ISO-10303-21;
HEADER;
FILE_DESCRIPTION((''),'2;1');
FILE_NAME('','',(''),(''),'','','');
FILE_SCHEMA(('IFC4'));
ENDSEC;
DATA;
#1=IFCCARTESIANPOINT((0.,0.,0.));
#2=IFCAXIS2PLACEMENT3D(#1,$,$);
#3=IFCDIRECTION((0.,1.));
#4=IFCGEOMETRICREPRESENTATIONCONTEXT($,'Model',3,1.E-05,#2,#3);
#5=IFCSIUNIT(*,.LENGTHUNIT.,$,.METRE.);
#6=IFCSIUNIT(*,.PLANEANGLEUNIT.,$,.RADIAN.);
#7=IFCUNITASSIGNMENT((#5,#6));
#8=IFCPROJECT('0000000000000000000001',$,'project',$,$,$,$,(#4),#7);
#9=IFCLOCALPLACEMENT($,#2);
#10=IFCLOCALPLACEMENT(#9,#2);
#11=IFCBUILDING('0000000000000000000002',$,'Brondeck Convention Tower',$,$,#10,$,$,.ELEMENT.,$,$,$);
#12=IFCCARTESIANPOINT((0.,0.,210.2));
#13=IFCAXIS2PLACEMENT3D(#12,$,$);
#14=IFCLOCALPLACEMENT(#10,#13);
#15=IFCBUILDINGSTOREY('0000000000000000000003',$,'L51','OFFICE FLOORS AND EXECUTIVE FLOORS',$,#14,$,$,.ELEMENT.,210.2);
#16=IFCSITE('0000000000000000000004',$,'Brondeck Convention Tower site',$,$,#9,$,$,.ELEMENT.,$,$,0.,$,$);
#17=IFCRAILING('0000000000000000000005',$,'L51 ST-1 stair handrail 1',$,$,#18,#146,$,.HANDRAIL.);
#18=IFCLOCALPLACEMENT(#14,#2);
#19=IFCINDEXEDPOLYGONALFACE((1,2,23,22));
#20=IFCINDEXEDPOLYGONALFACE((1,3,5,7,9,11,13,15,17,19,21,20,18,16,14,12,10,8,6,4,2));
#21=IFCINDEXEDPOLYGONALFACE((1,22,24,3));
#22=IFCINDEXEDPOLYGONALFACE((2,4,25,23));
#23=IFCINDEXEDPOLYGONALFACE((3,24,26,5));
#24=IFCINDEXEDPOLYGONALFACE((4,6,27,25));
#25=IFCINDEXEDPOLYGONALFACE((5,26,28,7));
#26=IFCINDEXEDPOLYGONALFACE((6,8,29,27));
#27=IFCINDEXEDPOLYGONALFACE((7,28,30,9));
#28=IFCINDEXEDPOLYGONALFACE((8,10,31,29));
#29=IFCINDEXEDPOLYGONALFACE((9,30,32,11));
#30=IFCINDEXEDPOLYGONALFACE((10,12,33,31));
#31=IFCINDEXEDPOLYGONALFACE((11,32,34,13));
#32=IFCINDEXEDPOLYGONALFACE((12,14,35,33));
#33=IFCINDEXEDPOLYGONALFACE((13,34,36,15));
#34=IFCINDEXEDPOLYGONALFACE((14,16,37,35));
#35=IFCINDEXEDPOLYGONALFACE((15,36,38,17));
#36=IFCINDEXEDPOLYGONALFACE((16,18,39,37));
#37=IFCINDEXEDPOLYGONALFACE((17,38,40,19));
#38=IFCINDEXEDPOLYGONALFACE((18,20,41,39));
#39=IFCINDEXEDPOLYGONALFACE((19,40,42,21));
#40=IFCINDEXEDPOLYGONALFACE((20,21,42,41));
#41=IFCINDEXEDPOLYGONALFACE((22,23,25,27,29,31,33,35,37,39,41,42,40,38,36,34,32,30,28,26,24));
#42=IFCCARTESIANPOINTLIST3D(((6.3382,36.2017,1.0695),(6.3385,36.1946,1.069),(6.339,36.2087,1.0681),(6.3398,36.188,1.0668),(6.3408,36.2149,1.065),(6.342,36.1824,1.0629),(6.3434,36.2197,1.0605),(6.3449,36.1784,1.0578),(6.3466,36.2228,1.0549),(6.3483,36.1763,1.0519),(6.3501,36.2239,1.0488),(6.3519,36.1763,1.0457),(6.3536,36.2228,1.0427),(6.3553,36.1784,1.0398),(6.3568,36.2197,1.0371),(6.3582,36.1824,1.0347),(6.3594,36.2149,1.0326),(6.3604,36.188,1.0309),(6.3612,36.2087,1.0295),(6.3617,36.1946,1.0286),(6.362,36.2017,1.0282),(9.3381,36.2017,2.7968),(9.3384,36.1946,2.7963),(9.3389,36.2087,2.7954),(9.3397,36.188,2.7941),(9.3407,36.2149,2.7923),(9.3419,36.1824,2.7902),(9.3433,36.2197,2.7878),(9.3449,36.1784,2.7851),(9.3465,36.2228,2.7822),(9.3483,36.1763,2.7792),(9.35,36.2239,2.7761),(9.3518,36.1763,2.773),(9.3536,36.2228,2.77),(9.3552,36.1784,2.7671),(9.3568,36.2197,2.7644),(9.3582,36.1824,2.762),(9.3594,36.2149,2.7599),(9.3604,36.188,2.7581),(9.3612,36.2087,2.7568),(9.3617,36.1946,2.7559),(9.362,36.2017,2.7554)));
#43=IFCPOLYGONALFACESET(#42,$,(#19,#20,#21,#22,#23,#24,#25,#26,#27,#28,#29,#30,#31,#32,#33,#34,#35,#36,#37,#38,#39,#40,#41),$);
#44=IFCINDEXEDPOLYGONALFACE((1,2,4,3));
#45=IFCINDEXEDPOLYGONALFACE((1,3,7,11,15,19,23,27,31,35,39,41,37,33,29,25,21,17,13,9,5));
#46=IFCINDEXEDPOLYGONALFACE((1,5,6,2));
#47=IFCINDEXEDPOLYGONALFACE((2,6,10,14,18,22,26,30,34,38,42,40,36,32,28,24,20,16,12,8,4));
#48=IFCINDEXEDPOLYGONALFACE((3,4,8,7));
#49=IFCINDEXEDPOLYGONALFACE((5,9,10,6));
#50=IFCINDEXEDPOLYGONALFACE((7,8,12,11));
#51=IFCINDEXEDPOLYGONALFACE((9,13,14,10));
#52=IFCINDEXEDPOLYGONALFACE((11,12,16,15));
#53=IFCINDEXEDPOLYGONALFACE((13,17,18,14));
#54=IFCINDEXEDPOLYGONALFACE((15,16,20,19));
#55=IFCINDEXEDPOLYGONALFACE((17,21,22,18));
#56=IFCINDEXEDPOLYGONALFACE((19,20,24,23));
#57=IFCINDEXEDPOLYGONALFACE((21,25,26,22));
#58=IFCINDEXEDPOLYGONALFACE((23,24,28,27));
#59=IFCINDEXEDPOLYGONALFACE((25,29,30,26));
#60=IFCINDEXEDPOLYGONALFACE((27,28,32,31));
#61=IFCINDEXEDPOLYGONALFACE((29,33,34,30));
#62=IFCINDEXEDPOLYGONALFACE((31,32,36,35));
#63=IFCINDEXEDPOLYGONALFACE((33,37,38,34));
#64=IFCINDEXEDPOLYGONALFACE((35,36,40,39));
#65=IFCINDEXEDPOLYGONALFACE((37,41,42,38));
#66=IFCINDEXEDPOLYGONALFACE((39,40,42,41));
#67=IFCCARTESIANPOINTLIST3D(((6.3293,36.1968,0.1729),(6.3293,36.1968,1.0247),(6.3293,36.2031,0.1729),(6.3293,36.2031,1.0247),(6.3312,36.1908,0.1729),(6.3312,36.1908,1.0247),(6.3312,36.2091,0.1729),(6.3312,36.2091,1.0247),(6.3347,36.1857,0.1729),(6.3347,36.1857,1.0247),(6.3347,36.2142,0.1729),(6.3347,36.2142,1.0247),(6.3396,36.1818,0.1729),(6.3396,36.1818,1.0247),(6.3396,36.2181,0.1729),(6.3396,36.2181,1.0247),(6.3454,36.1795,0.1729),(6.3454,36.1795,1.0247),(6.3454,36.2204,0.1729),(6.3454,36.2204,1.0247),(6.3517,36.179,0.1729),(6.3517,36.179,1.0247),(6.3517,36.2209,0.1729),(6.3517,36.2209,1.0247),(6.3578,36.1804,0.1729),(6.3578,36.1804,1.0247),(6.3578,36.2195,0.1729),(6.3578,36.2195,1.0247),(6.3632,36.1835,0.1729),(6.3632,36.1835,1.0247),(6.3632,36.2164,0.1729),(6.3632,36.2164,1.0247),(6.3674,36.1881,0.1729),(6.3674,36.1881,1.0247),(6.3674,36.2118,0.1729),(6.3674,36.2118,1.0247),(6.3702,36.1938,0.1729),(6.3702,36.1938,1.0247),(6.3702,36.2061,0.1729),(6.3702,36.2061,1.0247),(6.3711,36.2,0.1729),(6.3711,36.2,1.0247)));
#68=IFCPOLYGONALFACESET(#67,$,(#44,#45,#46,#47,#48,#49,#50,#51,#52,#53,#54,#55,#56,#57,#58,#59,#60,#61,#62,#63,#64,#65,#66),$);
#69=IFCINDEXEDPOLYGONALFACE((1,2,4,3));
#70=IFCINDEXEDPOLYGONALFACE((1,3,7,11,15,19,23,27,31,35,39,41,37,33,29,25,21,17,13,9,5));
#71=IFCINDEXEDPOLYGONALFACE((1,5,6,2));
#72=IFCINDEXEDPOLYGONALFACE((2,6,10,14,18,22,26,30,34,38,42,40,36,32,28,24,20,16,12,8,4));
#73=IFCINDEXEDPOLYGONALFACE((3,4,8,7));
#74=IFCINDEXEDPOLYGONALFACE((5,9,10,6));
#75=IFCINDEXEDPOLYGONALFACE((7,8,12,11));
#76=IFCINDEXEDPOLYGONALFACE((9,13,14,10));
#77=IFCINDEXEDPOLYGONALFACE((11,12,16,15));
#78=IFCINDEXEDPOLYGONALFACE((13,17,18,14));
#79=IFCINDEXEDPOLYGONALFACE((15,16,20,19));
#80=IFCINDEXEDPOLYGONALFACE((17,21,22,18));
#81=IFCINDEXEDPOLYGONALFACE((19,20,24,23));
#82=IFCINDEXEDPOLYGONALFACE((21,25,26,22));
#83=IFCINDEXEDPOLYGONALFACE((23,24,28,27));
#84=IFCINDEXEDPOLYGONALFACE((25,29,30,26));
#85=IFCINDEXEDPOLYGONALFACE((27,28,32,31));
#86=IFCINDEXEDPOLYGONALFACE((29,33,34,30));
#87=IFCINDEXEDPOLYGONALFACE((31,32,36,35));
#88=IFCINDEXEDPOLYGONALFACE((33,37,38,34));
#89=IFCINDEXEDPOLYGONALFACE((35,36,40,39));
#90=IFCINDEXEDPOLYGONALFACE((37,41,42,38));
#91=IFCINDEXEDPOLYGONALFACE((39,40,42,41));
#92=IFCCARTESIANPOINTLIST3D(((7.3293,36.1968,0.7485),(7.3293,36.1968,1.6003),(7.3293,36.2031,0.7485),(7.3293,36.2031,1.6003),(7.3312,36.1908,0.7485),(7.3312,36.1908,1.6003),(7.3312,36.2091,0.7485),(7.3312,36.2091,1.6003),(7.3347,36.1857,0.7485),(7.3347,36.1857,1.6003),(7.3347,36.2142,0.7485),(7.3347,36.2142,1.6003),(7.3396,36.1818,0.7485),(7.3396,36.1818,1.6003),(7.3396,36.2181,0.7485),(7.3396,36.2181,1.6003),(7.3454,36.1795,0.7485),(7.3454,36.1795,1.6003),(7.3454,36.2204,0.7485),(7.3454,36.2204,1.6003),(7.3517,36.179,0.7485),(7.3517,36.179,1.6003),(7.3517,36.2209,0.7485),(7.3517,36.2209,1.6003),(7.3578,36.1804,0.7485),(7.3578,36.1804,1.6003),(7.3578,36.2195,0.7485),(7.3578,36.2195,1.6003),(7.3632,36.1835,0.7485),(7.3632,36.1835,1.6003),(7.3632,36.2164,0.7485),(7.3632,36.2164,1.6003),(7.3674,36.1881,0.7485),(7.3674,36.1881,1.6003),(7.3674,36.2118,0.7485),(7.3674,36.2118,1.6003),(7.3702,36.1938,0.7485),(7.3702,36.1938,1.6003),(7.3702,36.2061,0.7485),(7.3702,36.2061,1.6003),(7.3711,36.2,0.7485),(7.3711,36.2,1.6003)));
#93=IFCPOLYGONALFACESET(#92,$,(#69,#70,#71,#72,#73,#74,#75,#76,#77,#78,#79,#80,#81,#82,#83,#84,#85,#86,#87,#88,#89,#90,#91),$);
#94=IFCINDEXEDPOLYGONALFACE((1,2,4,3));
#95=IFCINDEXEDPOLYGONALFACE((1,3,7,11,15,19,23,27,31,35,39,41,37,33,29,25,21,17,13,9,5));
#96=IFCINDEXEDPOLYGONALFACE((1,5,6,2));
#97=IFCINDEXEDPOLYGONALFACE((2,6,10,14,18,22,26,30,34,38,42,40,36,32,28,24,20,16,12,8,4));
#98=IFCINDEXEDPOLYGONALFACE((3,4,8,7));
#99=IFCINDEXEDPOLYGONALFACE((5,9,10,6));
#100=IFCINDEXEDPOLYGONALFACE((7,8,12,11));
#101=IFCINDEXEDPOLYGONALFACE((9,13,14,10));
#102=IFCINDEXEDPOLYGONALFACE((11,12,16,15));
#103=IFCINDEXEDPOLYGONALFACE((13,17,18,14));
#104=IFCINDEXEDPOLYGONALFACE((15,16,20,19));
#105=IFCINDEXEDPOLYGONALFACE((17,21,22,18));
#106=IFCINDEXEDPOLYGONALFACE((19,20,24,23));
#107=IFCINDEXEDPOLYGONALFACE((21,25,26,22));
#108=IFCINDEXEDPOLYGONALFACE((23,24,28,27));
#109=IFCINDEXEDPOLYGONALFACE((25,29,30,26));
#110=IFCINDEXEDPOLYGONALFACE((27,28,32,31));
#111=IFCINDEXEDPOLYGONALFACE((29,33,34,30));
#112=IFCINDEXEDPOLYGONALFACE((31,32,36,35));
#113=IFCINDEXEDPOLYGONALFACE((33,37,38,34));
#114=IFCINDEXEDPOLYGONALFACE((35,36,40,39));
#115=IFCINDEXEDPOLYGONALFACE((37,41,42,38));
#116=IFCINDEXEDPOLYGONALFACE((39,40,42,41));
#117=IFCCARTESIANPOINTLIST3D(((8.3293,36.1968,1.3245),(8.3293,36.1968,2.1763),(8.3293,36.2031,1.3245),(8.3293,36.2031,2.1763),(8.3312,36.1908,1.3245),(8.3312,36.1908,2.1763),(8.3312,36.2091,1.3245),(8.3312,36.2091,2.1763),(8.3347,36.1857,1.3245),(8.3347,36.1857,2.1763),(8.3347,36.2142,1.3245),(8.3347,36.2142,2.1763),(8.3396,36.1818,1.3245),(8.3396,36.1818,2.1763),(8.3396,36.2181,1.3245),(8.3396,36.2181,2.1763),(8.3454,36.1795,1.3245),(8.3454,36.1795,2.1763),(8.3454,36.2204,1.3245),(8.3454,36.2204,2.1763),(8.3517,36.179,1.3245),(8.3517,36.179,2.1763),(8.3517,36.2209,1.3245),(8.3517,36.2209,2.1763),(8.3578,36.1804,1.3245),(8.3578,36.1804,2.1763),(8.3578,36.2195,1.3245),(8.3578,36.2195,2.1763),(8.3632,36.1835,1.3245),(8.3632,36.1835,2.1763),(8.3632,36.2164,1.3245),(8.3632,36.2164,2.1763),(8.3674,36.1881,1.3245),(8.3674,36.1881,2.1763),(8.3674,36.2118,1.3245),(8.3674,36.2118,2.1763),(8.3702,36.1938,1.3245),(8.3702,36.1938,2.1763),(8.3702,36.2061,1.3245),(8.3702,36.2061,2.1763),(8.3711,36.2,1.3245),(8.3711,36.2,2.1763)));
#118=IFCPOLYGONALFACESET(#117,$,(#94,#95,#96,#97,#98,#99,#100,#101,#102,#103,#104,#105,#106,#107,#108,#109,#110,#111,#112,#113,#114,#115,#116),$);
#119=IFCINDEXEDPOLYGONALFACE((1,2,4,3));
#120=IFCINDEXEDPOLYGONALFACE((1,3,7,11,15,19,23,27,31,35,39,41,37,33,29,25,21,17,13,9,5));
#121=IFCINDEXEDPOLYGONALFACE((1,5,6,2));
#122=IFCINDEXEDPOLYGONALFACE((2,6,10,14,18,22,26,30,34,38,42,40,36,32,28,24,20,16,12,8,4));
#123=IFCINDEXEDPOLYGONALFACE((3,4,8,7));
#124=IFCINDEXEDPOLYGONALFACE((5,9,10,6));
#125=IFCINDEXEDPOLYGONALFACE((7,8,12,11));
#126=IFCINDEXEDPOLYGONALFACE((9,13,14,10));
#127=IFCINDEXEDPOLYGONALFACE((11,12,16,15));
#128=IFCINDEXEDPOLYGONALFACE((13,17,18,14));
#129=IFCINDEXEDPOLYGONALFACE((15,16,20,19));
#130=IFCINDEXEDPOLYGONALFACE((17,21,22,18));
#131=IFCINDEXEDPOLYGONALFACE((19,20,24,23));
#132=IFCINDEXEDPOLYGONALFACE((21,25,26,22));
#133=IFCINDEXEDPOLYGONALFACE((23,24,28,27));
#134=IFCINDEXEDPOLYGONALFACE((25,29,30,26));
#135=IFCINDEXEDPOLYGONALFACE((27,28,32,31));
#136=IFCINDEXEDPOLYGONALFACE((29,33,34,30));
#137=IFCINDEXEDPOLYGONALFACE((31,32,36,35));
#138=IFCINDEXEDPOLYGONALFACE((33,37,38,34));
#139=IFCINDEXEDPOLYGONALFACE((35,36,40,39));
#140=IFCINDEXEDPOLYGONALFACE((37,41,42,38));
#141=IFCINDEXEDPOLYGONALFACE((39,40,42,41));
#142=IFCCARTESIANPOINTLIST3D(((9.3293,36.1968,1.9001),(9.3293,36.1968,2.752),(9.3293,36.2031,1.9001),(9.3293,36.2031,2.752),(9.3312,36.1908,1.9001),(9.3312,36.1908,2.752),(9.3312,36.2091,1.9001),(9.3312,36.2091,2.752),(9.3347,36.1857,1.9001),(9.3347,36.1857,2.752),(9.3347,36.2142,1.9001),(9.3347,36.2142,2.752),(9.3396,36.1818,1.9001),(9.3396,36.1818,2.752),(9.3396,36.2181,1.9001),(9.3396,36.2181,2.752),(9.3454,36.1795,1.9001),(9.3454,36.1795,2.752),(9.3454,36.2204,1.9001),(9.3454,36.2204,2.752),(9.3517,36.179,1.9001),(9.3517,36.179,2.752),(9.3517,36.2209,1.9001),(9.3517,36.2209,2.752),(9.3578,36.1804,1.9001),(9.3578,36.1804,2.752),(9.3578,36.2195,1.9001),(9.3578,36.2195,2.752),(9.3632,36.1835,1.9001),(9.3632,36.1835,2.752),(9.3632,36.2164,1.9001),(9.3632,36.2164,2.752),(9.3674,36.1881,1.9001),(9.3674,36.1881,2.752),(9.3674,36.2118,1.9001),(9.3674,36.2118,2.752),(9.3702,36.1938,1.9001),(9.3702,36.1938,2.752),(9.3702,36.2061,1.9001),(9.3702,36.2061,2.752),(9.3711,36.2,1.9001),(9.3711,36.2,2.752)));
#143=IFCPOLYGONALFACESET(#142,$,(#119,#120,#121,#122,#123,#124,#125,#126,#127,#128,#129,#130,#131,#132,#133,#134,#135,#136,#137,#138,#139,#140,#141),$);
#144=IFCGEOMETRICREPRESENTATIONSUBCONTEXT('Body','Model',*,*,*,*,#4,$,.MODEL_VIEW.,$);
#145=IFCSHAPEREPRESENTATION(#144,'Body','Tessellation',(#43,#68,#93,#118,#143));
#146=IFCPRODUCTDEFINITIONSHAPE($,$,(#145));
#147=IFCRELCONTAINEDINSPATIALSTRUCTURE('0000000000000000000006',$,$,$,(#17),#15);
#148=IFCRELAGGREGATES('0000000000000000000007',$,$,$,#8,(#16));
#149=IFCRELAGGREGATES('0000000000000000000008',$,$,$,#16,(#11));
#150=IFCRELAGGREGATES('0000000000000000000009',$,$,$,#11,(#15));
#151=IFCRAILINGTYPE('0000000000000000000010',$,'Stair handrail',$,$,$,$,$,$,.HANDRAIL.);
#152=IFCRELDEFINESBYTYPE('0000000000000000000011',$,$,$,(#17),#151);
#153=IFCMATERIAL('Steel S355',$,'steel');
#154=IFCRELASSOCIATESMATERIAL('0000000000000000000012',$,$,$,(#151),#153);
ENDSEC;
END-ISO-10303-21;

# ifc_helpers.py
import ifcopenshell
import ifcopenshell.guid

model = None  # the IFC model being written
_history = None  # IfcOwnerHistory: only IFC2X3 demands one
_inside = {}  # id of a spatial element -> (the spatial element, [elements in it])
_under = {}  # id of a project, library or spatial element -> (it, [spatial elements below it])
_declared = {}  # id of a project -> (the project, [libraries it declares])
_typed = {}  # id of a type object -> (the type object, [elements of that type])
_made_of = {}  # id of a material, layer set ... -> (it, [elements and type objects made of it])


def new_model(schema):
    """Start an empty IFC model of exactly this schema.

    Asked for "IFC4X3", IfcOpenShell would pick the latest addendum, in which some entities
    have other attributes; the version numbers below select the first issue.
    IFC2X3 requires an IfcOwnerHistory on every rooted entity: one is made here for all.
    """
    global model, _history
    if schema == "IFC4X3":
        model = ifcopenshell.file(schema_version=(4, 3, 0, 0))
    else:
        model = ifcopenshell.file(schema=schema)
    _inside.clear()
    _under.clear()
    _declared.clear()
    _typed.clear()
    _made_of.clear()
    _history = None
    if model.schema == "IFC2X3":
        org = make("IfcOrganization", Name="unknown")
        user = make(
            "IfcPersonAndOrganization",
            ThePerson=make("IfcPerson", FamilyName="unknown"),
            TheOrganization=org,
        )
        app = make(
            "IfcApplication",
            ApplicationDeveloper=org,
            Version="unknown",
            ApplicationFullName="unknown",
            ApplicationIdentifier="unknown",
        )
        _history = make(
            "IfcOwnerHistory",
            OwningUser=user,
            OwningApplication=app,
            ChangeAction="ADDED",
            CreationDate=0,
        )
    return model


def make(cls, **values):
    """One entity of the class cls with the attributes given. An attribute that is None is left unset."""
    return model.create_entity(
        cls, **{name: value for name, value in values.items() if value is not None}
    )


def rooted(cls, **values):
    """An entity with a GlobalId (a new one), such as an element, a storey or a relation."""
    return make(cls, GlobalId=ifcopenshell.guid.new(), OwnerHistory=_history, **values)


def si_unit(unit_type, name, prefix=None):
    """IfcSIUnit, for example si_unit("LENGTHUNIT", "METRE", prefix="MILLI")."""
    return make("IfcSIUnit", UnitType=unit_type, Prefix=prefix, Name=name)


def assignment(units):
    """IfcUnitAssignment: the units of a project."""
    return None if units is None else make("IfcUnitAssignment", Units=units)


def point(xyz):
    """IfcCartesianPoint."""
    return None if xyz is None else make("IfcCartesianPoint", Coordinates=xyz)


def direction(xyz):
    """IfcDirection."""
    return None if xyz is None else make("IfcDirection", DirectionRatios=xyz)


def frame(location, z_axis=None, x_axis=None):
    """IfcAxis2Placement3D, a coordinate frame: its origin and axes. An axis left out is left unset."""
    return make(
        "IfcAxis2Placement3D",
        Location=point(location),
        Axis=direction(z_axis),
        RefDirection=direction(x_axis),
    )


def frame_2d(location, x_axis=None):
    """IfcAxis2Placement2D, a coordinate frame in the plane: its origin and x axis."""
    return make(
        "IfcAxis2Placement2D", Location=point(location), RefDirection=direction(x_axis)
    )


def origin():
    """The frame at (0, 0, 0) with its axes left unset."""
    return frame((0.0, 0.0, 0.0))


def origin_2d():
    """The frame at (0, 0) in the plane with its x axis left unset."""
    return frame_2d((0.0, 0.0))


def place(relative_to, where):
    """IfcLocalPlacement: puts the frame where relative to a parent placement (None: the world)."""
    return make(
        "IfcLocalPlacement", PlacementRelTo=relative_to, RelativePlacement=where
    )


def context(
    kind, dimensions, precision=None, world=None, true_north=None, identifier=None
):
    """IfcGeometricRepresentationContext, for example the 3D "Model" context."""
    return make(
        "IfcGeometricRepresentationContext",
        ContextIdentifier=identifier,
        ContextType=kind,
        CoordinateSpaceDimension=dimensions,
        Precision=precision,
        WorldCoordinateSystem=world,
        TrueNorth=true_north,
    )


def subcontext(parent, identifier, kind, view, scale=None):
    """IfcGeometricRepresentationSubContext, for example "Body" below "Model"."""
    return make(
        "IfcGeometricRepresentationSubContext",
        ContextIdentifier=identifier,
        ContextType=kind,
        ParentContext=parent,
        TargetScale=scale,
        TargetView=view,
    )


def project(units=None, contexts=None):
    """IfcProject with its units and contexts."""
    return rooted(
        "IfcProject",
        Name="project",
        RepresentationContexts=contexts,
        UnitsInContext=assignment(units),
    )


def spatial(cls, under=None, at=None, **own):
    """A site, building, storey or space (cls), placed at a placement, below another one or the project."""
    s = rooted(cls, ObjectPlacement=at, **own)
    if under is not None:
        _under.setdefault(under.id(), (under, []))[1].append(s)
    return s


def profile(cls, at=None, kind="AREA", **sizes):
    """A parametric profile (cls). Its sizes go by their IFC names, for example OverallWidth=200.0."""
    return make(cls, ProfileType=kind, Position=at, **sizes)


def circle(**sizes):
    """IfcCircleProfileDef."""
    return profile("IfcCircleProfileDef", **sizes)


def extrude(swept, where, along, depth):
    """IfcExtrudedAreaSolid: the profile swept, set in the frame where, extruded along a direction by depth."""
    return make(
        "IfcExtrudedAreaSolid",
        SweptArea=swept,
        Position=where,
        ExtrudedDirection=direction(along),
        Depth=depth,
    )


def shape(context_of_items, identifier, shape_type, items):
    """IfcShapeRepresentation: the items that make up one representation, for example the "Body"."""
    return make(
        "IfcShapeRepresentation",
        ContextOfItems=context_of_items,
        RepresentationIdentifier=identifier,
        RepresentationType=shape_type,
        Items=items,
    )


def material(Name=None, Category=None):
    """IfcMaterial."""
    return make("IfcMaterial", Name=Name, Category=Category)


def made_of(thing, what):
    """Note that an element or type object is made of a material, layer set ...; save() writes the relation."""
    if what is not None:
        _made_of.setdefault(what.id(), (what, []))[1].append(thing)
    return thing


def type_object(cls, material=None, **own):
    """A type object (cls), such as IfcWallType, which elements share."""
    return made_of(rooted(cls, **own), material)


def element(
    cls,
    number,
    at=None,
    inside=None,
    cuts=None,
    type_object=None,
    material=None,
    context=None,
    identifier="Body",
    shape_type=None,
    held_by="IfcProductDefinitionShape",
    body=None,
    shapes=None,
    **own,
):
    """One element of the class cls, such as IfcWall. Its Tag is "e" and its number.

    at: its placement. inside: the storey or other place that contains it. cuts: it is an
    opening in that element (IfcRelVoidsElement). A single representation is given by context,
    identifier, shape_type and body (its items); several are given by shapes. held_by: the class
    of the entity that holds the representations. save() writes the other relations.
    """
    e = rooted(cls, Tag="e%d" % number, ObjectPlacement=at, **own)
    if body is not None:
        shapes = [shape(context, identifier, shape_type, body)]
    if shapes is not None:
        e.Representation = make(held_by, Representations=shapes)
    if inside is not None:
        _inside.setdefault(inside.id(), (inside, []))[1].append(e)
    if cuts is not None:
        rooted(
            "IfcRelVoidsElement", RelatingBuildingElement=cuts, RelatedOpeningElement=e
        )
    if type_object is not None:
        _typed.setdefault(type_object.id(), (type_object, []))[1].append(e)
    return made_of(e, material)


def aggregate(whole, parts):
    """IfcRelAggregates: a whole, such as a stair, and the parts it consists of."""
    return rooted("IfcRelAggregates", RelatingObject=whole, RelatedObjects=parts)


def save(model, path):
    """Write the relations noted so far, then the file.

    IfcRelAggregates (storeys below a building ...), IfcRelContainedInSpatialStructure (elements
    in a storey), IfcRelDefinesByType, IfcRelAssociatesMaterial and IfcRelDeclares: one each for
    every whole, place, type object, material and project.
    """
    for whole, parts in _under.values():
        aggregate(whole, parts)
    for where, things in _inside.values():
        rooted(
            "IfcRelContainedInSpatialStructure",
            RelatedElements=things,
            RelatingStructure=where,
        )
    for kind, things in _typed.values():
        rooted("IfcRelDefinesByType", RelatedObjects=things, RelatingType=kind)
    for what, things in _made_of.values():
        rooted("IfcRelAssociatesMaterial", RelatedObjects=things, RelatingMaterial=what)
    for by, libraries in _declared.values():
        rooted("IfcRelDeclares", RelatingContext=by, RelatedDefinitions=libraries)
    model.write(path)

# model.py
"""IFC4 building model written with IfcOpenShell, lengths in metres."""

from ifc_helpers import new_model, si_unit, direction, frame, origin, origin_2d, place, context, subcontext, project, spatial, circle, extrude, material, type_object, element, save


model = new_model("IFC4")

# Units and contexts
model_context = context("Model", 3, precision=1e-05, world=origin(), true_north=direction((0.0, 1.0)))
body_context = subcontext(model_context, "Body", "Model", "MODEL_VIEW")
ifc_project = project(units=[si_unit("LENGTHUNIT", "METRE"), si_unit("PLANEANGLEUNIT", "RADIAN")], contexts=[model_context])

# Site, building, storey
site_placement = place(None, origin())
site = spatial("IfcSite", under=ifc_project, at=site_placement, Name="Brondeck Convention Tower site", CompositionType="ELEMENT", RefElevation=0.0)
building_placement = place(site_placement, origin())
building = spatial("IfcBuilding", under=site, at=building_placement, Name="Brondeck Convention Tower", CompositionType="ELEMENT")
storey_placement = place(building_placement, frame((0.0, 0.0, 210.2)))
storey = spatial("IfcBuildingStorey", under=building, at=storey_placement, Name="L51", Description="OFFICE FLOORS AND EXECUTIVE FLOORS", CompositionType="ELEMENT", Elevation=210.2)

# Railing
ifc_material_1 = material(Name="Steel S355", Category="steel")
railing_type_1 = type_object("IfcRailingType", Name="Stair handrail", PredefinedType="HANDRAIL", material=ifc_material_1)
railing_1_placement = place(storey_placement, frame((6.3501, 36.2, 0.1729)))
element("IfcRailing", 1, at=railing_1_placement, inside=storey, type_object=railing_type_1, Name="L51 ST-1 stair handrail 1", PredefinedType="HANDRAIL", context=body_context, shape_type="SweptSolid", body=[
    extrude(circle(Radius=0.0239, at=origin_2d()), frame((0.0, 0.0, 0.876), z_axis=(0.86662, 0.0, 0.498969), x_axis=(0.0, 1.0, 0.0)), (0.0, 0.0, 1.0), 3.4617),
    extrude(circle(Radius=0.021, at=origin_2d()), origin(), (0.0, 0.0, 1.0), 0.8518),
    extrude(circle(Radius=0.021, at=origin_2d()), frame((1.0, 0.0, 0.5757)), (0.0, 0.0, 1.0), 0.8518),
    extrude(circle(Radius=0.021, at=origin_2d()), frame((2.0, 0.0, 1.1516)), (0.0, 0.0, 1.0), 0.8518),
    extrude(circle(Radius=0.021, at=origin_2d()), frame((3.0, 0.0, 1.7273)), (0.0, 0.0, 1.0), 0.8518),
])

save(model, "model.ifc")
